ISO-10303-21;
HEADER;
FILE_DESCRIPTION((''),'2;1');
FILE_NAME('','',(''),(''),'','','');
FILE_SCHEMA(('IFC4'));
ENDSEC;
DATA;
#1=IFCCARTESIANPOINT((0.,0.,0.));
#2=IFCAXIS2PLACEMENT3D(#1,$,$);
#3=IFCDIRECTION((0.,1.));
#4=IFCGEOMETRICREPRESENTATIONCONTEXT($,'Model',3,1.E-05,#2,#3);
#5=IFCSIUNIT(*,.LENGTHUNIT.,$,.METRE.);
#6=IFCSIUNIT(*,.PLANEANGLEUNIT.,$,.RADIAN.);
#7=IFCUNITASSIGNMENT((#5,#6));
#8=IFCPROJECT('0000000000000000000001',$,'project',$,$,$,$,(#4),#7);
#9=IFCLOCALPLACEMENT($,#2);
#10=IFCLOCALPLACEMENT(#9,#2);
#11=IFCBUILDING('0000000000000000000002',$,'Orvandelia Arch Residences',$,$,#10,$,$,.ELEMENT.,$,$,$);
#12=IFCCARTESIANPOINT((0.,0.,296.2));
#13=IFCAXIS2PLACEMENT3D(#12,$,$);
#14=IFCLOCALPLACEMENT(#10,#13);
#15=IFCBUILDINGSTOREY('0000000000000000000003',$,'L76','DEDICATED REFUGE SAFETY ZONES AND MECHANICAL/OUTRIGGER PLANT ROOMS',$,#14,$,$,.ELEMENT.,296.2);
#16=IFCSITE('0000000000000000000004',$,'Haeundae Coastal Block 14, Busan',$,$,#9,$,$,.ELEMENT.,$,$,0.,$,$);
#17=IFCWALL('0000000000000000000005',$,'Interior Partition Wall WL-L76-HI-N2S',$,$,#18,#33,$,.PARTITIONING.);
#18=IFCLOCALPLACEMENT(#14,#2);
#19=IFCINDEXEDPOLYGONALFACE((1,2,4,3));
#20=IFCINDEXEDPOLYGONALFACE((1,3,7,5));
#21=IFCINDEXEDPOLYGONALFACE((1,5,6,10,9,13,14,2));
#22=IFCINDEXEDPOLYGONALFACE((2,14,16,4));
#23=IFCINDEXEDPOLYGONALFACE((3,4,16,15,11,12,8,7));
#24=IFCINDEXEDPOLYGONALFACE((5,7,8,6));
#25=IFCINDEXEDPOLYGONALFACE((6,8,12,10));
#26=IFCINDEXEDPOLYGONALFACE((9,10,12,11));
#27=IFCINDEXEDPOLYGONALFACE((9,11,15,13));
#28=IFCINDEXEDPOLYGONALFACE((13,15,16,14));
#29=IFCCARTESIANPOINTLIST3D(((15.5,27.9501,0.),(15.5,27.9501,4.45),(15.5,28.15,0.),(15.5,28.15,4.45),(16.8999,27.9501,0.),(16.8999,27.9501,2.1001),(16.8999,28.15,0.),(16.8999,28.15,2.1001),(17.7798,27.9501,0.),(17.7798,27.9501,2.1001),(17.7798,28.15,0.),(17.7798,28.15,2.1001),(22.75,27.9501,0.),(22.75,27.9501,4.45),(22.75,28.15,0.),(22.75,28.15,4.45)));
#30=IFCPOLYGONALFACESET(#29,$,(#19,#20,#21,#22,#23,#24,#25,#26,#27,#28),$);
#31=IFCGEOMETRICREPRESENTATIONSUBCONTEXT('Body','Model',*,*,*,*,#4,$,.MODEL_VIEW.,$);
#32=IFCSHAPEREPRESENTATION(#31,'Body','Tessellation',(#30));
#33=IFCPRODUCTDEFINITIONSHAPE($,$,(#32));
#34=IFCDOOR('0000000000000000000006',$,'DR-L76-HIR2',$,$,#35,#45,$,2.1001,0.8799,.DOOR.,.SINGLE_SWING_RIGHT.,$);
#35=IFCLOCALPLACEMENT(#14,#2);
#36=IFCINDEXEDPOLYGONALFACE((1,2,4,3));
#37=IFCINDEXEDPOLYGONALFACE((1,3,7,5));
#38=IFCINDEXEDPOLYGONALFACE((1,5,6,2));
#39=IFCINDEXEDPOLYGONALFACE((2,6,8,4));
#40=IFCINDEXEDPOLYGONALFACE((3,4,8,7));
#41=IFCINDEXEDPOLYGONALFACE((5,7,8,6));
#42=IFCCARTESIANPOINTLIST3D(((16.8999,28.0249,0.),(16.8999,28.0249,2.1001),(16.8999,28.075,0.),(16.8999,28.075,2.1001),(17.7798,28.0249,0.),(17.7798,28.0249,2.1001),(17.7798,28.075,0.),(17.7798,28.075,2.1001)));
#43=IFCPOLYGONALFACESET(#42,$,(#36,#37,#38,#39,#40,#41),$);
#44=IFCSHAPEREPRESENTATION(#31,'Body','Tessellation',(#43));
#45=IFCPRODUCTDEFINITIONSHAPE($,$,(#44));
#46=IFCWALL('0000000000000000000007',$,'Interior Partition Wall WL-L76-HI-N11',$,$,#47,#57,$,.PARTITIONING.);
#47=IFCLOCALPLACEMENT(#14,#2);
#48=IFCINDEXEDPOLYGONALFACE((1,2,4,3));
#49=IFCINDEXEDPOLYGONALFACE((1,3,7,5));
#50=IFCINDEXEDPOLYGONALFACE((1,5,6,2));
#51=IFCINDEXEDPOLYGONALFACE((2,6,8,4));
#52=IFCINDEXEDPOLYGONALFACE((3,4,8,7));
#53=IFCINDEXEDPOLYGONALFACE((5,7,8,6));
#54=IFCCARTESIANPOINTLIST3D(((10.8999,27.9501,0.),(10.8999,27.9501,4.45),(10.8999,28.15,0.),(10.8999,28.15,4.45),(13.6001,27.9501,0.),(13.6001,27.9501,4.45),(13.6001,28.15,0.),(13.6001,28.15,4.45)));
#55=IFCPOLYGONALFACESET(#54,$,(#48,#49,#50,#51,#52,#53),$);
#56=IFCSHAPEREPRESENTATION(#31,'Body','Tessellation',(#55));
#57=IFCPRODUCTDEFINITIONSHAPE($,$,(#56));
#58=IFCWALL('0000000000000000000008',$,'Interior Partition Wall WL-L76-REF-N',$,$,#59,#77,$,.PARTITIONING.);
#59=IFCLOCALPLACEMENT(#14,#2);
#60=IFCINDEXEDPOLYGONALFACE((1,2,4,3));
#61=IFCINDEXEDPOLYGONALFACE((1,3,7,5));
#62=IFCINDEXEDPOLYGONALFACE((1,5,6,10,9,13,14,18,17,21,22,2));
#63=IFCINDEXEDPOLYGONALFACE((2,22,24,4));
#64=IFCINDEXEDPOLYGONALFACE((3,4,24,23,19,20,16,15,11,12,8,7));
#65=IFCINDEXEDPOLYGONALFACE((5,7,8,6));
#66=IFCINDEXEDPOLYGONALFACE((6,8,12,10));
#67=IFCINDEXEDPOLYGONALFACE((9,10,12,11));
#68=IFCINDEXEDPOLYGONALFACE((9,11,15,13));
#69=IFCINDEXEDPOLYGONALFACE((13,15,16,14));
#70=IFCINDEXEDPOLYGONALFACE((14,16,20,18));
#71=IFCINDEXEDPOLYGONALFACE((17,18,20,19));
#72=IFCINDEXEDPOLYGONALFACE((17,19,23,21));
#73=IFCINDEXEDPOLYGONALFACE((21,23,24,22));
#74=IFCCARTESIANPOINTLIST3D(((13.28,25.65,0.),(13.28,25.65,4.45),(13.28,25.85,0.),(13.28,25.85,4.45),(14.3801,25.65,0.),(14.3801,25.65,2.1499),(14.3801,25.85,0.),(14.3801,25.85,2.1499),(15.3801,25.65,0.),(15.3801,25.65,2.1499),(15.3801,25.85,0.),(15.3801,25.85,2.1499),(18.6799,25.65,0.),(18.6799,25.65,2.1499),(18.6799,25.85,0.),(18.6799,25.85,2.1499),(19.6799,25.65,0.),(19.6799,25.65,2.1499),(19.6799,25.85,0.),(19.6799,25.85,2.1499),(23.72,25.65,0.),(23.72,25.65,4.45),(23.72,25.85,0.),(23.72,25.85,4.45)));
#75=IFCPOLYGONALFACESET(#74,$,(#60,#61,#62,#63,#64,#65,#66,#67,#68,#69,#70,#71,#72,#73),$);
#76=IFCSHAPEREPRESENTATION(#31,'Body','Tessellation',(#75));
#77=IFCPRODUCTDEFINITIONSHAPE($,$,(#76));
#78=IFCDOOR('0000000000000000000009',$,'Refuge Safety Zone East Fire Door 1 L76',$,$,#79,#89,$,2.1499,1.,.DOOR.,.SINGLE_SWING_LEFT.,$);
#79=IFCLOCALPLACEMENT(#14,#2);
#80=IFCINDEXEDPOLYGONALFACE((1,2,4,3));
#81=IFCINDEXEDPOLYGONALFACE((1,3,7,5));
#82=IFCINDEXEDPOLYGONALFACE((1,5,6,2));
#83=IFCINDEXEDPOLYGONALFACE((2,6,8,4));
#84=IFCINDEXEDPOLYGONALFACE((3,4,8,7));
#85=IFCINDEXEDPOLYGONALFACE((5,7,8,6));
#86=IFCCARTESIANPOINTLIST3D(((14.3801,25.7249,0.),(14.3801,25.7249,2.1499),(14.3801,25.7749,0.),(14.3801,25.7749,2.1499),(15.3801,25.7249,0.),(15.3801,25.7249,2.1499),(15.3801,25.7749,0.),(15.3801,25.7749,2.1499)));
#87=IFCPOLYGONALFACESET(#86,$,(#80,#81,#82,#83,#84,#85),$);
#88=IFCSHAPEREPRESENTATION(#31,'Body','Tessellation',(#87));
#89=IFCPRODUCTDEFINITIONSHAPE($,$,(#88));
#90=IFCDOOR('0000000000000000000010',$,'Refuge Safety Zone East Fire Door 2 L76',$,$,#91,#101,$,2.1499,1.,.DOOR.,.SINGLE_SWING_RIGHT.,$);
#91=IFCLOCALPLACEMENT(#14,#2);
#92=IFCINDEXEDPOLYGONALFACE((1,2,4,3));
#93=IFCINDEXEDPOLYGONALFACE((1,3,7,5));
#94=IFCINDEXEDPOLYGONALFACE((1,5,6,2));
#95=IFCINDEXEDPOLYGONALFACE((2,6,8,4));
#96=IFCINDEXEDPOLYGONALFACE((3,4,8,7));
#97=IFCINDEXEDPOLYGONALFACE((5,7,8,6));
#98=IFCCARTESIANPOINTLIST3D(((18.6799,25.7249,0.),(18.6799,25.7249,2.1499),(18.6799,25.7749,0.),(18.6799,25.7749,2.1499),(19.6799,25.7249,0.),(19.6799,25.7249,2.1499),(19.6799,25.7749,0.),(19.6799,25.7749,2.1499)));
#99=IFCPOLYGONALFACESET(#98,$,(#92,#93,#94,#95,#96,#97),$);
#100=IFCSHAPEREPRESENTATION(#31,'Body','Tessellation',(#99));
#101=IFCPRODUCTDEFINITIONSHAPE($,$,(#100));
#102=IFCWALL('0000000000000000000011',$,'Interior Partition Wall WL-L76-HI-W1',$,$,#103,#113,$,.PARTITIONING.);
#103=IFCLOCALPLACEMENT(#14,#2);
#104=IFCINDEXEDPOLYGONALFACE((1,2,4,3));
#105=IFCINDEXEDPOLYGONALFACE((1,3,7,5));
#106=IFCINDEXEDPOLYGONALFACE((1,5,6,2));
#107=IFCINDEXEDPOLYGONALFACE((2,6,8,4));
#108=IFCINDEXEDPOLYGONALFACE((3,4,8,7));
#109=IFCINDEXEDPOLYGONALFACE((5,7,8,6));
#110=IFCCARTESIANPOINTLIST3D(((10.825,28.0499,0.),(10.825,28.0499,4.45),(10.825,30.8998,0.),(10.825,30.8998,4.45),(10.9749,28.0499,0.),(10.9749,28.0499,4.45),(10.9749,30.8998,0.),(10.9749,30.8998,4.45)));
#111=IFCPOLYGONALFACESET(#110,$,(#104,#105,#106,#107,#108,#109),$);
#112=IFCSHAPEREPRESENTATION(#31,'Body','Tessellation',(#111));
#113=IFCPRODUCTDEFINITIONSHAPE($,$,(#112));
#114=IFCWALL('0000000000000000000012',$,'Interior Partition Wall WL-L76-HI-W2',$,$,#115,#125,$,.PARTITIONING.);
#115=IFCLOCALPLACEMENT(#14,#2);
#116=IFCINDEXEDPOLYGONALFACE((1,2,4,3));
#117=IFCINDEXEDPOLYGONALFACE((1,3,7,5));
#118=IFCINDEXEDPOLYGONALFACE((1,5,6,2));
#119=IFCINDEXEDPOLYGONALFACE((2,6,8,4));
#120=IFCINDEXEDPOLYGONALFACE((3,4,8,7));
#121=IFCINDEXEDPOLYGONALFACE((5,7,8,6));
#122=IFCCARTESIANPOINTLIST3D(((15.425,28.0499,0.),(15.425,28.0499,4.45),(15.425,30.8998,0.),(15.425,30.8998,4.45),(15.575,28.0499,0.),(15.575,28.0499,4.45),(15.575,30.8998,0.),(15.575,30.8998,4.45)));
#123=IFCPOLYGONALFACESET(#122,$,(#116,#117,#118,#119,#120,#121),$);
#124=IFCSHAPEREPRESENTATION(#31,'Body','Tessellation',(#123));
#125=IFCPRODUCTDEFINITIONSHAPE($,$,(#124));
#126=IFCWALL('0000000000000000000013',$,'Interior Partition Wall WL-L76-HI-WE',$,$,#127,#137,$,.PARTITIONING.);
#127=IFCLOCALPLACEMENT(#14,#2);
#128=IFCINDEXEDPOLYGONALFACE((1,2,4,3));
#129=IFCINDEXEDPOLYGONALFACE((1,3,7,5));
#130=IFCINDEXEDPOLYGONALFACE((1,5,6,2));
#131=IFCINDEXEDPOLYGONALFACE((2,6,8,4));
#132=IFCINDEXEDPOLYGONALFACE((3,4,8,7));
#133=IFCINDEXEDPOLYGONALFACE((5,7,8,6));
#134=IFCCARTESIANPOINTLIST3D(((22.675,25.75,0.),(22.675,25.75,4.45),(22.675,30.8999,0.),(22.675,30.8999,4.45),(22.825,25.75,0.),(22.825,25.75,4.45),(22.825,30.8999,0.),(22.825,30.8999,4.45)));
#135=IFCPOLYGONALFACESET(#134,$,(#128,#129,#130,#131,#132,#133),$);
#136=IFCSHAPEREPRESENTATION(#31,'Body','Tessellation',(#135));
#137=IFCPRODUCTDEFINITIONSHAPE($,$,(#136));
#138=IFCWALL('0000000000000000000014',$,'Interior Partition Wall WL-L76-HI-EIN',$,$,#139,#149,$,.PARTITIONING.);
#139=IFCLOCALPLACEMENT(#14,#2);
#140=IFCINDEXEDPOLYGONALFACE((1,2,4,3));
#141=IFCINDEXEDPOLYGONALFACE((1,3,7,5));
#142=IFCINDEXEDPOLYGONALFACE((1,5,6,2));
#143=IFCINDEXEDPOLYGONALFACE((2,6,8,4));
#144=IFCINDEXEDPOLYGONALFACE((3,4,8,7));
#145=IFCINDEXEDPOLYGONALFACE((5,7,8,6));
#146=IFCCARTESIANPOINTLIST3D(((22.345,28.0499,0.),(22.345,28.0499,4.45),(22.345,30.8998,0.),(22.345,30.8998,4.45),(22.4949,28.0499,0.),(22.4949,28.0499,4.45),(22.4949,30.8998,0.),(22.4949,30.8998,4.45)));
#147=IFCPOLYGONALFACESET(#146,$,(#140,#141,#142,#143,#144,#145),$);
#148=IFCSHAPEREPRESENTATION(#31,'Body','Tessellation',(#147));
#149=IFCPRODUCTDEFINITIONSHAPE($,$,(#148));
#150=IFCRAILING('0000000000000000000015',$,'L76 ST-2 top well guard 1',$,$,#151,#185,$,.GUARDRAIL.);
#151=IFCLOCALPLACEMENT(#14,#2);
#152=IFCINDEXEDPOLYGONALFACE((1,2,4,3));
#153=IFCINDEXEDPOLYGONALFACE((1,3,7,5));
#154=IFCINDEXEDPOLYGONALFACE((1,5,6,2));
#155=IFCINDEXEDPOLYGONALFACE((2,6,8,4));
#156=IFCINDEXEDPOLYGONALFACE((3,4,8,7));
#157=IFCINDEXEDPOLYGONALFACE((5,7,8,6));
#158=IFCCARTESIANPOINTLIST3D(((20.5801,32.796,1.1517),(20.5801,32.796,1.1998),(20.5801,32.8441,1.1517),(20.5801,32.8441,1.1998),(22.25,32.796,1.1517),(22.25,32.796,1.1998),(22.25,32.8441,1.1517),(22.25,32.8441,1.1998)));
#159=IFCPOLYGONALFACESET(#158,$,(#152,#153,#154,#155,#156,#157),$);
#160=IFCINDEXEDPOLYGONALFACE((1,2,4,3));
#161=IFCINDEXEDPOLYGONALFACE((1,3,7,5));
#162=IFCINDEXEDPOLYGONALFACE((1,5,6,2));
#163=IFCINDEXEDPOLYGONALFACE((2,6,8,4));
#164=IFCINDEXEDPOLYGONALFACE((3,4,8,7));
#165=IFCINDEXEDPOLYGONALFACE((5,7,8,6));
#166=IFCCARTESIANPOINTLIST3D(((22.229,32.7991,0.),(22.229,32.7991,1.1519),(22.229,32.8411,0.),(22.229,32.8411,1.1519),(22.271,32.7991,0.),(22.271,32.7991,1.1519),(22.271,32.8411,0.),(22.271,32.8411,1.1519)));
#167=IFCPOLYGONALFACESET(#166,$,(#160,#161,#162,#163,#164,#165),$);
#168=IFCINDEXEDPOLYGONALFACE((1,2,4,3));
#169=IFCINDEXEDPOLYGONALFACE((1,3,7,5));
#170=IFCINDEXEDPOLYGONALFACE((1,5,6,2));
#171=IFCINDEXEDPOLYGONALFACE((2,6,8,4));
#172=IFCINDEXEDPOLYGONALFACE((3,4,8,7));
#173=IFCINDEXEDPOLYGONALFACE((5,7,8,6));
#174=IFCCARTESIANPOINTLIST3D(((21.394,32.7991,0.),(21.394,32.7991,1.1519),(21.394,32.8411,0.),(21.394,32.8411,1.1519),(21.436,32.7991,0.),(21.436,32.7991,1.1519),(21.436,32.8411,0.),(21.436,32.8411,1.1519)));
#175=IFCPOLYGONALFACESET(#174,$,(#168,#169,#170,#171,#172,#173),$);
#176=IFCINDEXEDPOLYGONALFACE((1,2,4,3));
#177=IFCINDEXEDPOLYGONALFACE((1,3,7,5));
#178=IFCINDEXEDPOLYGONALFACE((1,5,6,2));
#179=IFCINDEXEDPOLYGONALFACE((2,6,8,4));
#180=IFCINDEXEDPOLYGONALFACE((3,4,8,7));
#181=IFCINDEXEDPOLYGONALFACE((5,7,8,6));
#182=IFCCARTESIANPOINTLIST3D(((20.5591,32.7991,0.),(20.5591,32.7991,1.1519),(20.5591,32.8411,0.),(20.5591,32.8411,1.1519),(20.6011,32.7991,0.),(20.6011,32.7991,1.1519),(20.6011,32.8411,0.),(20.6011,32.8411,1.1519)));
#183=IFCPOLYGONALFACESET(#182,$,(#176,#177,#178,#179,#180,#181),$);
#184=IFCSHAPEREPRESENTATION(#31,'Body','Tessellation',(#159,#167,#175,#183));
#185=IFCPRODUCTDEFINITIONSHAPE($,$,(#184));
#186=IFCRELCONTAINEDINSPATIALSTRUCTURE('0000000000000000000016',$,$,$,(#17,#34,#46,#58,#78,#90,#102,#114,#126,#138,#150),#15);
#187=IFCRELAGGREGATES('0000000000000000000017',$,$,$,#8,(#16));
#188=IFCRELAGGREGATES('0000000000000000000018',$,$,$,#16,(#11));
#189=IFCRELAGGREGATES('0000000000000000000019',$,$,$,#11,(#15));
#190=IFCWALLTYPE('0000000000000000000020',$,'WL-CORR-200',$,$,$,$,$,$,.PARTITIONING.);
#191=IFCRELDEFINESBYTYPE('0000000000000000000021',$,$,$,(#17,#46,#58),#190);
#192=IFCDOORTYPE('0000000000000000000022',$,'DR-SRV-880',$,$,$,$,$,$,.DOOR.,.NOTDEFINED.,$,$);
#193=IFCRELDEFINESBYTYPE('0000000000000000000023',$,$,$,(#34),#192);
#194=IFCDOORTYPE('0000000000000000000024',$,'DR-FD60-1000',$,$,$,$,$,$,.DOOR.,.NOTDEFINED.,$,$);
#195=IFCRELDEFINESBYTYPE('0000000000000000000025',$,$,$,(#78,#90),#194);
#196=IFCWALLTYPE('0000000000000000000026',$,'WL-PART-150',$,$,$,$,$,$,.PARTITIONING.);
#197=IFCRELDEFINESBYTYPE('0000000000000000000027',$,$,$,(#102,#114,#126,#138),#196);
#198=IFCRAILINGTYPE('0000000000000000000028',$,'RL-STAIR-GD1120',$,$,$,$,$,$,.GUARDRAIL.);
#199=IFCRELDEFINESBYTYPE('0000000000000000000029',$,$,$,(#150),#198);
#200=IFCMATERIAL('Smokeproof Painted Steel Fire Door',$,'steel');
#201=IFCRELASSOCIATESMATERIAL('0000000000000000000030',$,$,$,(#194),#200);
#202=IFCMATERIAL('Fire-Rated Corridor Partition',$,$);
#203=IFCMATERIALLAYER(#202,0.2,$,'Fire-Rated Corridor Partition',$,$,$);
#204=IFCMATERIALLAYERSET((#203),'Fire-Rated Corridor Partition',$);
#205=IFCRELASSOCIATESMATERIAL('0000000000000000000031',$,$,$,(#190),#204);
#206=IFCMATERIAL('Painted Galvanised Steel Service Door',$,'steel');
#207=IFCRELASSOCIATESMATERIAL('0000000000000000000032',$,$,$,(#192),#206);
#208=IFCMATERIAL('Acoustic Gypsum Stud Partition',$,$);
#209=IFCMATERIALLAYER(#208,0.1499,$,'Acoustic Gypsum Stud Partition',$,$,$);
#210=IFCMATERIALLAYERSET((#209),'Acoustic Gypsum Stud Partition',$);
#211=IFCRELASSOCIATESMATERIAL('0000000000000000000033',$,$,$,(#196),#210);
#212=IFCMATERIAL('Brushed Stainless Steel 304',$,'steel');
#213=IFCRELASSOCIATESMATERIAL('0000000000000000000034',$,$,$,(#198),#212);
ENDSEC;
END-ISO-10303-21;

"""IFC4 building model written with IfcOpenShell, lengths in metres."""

from ifc_helpers import new_model, si_unit, direction, frame, frame_2d, origin, origin_2d, place, context, subcontext, project, spatial, rectangle, extrude, material, layer, layer_set, type_object, element, fill, save


model = new_model("IFC4")

# Units and contexts
model_context = context("Model", 3, precision=1e-05, world=origin(), true_north=direction((0.0, 1.0)))
body_context = subcontext(model_context, "Body", "Model", "MODEL_VIEW")
ifc_project = project(units=[si_unit("LENGTHUNIT", "METRE"), si_unit("PLANEANGLEUNIT", "RADIAN")], contexts=[model_context])

# Site, building, storey
site_placement = place(None, origin())
site = spatial("IfcSite", under=ifc_project, at=site_placement, Name="Haeundae Coastal Block 14, Busan", CompositionType="ELEMENT", RefElevation=0.0)
building_placement = place(site_placement, origin())
building = spatial("IfcBuilding", under=site, at=building_placement, Name="Orvandelia Arch Residences", CompositionType="ELEMENT")
storey_placement = place(building_placement, frame((0.0, 0.0, 296.2)))
storey = spatial("IfcBuildingStorey", under=building, at=storey_placement, Name="L76", Description="DEDICATED REFUGE SAFETY ZONES AND MECHANICAL/OUTRIGGER PLANT ROOMS", CompositionType="ELEMENT", Elevation=296.2)

# Shared definitions
ifc_material_1 = material(Name="Smokeproof Painted Steel Fire Door", Category="steel")
door_type_1 = type_object("IfcDoorType", Name="DR-FD60-1000", OperationType="NOTDEFINED", PredefinedType="DOOR", material=ifc_material_1)

# Wall, opening, door
ifc_material_2 = material(Name="Fire-Rated Corridor Partition")
ifc_layer_1 = layer(ifc_material_2, 0.2, Name="Fire-Rated Corridor Partition")
ifc_layer_set_1 = layer_set([ifc_layer_1], Name="Fire-Rated Corridor Partition")
wall_type_1 = type_object("IfcWallType", Name="WL-CORR-200", PredefinedType="PARTITIONING", material=ifc_layer_set_1)
wall_1_placement = place(storey_placement, frame((15.5, 28.05, 0.0), z_axis=(0.0, 0.0, 1.0), x_axis=(1.0, 0.0, 0.0)))
wall_1 = element("IfcWall", 1, at=wall_1_placement, inside=storey, type_object=wall_type_1, Name="Interior Partition Wall WL-L76-HI-N2S", PredefinedType="PARTITIONING", context=body_context, shape_type="SweptSolid", body=[
    extrude(rectangle(XDim=7.25, YDim=0.2, at=frame_2d((3.625, 0.0))), origin(), (0.0, 0.0, 1.0), 4.45),
])
opening_1_placement = place(wall_1_placement, frame((1.3999, 0.0, 0.0)))
opening_1 = element("IfcOpeningElement", 2, at=opening_1_placement, cuts=wall_1, PredefinedType="OPENING", context=body_context, shape_type="SweptSolid", body=[
    extrude(rectangle(XDim=0.8799, YDim=2.1001, at=frame_2d((0.4399, 1.05))), frame((0.0, 0.1099, 0.0), z_axis=(0.0, -1.0, 0.0), x_axis=(1.0, 0.0, 0.0)), (0.0, 0.0, 1.0), 0.22),
])
ifc_material_3 = material(Name="Painted Galvanised Steel Service Door", Category="steel")
door_type_2 = type_object("IfcDoorType", Name="DR-SRV-880", OperationType="NOTDEFINED", PredefinedType="DOOR", material=ifc_material_3)
door_1_placement = place(opening_1_placement, origin())
door_1 = element("IfcDoor", 3, at=door_1_placement, inside=storey, type_object=door_type_2, Name="DR-L76-HIR2", OperationType="SINGLE_SWING_RIGHT", OverallHeight=2.1001, OverallWidth=0.8799, PredefinedType="DOOR", context=body_context, shape_type="SweptSolid", body=[
    extrude(rectangle(XDim=0.8799, YDim=2.1001, at=frame_2d((0.4399, 1.05))), frame((0.0, 0.0249, 0.0), z_axis=(0.0, -1.0, 0.0), x_axis=(1.0, 0.0, 0.0)), (0.0, 0.0, 1.0), 0.05),
])
fill(opening_1, door_1)

# Wall
wall_2_placement = place(storey_placement, frame((10.8999, 28.05, 0.0), z_axis=(0.0, 0.0, 1.0), x_axis=(1.0, 0.0, 0.0)))
element("IfcWall", 4, at=wall_2_placement, inside=storey, type_object=wall_type_1, Name="Interior Partition Wall WL-L76-HI-N11", PredefinedType="PARTITIONING", context=body_context, shape_type="SweptSolid", body=[
    extrude(rectangle(XDim=2.7002, YDim=0.2, at=frame_2d((1.3501, 0.0))), origin(), (0.0, 0.0, 1.0), 4.45),
])

# Wall, openings, doors
wall_3_placement = place(storey_placement, frame((13.28, 25.75, 0.0), z_axis=(0.0, 0.0, 1.0), x_axis=(1.0, 0.0, 0.0)))
wall_3 = element("IfcWall", 5, at=wall_3_placement, inside=storey, type_object=wall_type_1, Name="Interior Partition Wall WL-L76-REF-N", PredefinedType="PARTITIONING", context=body_context, shape_type="SweptSolid", body=[
    extrude(rectangle(XDim=10.4399, YDim=0.2, at=frame_2d((5.22, 0.0))), origin(), (0.0, 0.0, 1.0), 4.45),
])
opening_2_placement = place(wall_3_placement, frame((1.1001, 0.0, 0.0)))
opening_2 = element("IfcOpeningElement", 6, at=opening_2_placement, cuts=wall_3, PredefinedType="OPENING", context=body_context, shape_type="SweptSolid", body=[
    extrude(rectangle(XDim=1.0, YDim=2.1499, at=frame_2d((0.5, 1.075))), frame((0.0, 0.1099, 0.0), z_axis=(0.0, -1.0, 0.0), x_axis=(1.0, 0.0, 0.0)), (0.0, 0.0, 1.0), 0.22),
])
opening_3_placement = place(wall_3_placement, frame((5.3999, 0.0, 0.0)))
opening_3 = element("IfcOpeningElement", 7, at=opening_3_placement, cuts=wall_3, PredefinedType="OPENING", context=body_context, shape_type="SweptSolid", body=[
    extrude(rectangle(XDim=1.0, YDim=2.1499, at=frame_2d((0.5, 1.075))), frame((0.0, 0.1099, 0.0), z_axis=(0.0, -1.0, 0.0), x_axis=(1.0, 0.0, 0.0)), (0.0, 0.0, 1.0), 0.22),
])
door_2_placement = place(opening_2_placement, origin())
door_2 = element("IfcDoor", 8, at=door_2_placement, inside=storey, type_object=door_type_1, Name="Refuge Safety Zone East Fire Door 1 L76", OperationType="SINGLE_SWING_LEFT", OverallHeight=2.1499, OverallWidth=1.0, PredefinedType="DOOR", context=body_context, shape_type="SweptSolid", body=[
    extrude(rectangle(XDim=1.0, YDim=2.1499, at=frame_2d((0.5, 1.075))), frame((0.0, 0.0249, 0.0), z_axis=(0.0, -1.0, 0.0), x_axis=(1.0, 0.0, 0.0)), (0.0, 0.0, 1.0), 0.05),
])
fill(opening_2, door_2)
door_3_placement = place(opening_3_placement, origin())
door_3 = element("IfcDoor", 9, at=door_3_placement, inside=storey, type_object=door_type_1, Name="Refuge Safety Zone East Fire Door 2 L76", OperationType="SINGLE_SWING_RIGHT", OverallHeight=2.1499, OverallWidth=1.0, PredefinedType="DOOR", context=body_context, shape_type="SweptSolid", body=[
    extrude(rectangle(XDim=1.0, YDim=2.1499, at=frame_2d((0.5, 1.075))), frame((0.0, 0.0249, 0.0), z_axis=(0.0, -1.0, 0.0), x_axis=(1.0, 0.0, 0.0)), (0.0, 0.0, 1.0), 0.05),
])
fill(opening_3, door_3)

# Walls
ifc_material_4 = material(Name="Acoustic Gypsum Stud Partition")
ifc_layer_2 = layer(ifc_material_4, 0.1499, Name="Acoustic Gypsum Stud Partition")
ifc_layer_set_2 = layer_set([ifc_layer_2], Name="Acoustic Gypsum Stud Partition")
wall_type_2 = type_object("IfcWallType", Name="WL-PART-150", PredefinedType="PARTITIONING", material=ifc_layer_set_2)
for number, where, z_axis, x_axis, name in (
    (10, (10.8999, 28.05, 0.0), (0.0, 0.0, 1.0), (0.0, 1.0, 0.0), "Interior Partition Wall WL-L76-HI-W1"),
    (11, (15.5, 28.05, 0.0), (0.0, 0.0, 1.0), (0.0, 1.0, 0.0), "Interior Partition Wall WL-L76-HI-W2"),
):
    element("IfcWall", number, at=place(storey_placement, frame(where, z_axis=z_axis, x_axis=x_axis)), inside=storey, type_object=wall_type_2, Name=name, PredefinedType="PARTITIONING", context=body_context, shape_type="SweptSolid", body=[
        extrude(rectangle(XDim=2.8499, YDim=0.1499, at=frame_2d((1.4248, 0.0))), origin(), (0.0, 0.0, 1.0), 4.45),
    ])
wall_4_placement = place(storey_placement, frame((22.75, 25.75, 0.0), z_axis=(0.0, 0.0, 1.0), x_axis=(0.0, 1.0, 0.0)))
element("IfcWall", 12, at=wall_4_placement, inside=storey, type_object=wall_type_2, Name="Interior Partition Wall WL-L76-HI-WE", PredefinedType="PARTITIONING", context=body_context, shape_type="SweptSolid", body=[
    extrude(rectangle(XDim=5.1499, YDim=0.1499, at=frame_2d((2.575, 0.0))), origin(), (0.0, 0.0, 1.0), 4.45),
])
wall_5_placement = place(storey_placement, frame((22.4199, 28.05, 0.0), z_axis=(0.0, 0.0, 1.0), x_axis=(0.0, 1.0, 0.0)))
element("IfcWall", 13, at=wall_5_placement, inside=storey, type_object=wall_type_2, Name="Interior Partition Wall WL-L76-HI-EIN", PredefinedType="PARTITIONING", context=body_context, shape_type="SweptSolid", body=[
    extrude(rectangle(XDim=2.8499, YDim=0.1499, at=frame_2d((1.4248, 0.0))), origin(), (0.0, 0.0, 1.0), 4.45),
])

# Railing
ifc_material_5 = material(Name="Brushed Stainless Steel 304", Category="steel")
railing_type = type_object("IfcRailingType", Name="RL-STAIR-GD1120", PredefinedType="GUARDRAIL", material=ifc_material_5)
railing_placement = place(storey_placement, frame((22.25, 32.8201, 0.0)))
element("IfcRailing", 14, at=railing_placement, inside=storey, type_object=railing_type, Name="L76 ST-2 top well guard 1", PredefinedType="GUARDRAIL", context=body_context, shape_type="SweptSolid", body=[
    extrude(rectangle(XDim=0.0481, YDim=0.0481, at=origin_2d()), frame((0.0, 0.0, 1.1758), z_axis=(-1.0, 0.0, 0.0), x_axis=(0.0, -1.0, 0.0)), (0.0, 0.0, 1.0), 1.6699),
    extrude(rectangle(XDim=0.042, YDim=0.042, at=origin_2d()), origin(), (0.0, 0.0, 1.0), 1.1519),
    extrude(rectangle(XDim=0.042, YDim=0.042, at=origin_2d()), frame((-0.835, 0.0, 0.0)), (0.0, 0.0, 1.0), 1.1519),
    extrude(rectangle(XDim=0.042, YDim=0.042, at=origin_2d()), frame((-1.6699, 0.0, 0.0)), (0.0, 0.0, 1.0), 1.1519),
])

save(model, "model.ifc")
